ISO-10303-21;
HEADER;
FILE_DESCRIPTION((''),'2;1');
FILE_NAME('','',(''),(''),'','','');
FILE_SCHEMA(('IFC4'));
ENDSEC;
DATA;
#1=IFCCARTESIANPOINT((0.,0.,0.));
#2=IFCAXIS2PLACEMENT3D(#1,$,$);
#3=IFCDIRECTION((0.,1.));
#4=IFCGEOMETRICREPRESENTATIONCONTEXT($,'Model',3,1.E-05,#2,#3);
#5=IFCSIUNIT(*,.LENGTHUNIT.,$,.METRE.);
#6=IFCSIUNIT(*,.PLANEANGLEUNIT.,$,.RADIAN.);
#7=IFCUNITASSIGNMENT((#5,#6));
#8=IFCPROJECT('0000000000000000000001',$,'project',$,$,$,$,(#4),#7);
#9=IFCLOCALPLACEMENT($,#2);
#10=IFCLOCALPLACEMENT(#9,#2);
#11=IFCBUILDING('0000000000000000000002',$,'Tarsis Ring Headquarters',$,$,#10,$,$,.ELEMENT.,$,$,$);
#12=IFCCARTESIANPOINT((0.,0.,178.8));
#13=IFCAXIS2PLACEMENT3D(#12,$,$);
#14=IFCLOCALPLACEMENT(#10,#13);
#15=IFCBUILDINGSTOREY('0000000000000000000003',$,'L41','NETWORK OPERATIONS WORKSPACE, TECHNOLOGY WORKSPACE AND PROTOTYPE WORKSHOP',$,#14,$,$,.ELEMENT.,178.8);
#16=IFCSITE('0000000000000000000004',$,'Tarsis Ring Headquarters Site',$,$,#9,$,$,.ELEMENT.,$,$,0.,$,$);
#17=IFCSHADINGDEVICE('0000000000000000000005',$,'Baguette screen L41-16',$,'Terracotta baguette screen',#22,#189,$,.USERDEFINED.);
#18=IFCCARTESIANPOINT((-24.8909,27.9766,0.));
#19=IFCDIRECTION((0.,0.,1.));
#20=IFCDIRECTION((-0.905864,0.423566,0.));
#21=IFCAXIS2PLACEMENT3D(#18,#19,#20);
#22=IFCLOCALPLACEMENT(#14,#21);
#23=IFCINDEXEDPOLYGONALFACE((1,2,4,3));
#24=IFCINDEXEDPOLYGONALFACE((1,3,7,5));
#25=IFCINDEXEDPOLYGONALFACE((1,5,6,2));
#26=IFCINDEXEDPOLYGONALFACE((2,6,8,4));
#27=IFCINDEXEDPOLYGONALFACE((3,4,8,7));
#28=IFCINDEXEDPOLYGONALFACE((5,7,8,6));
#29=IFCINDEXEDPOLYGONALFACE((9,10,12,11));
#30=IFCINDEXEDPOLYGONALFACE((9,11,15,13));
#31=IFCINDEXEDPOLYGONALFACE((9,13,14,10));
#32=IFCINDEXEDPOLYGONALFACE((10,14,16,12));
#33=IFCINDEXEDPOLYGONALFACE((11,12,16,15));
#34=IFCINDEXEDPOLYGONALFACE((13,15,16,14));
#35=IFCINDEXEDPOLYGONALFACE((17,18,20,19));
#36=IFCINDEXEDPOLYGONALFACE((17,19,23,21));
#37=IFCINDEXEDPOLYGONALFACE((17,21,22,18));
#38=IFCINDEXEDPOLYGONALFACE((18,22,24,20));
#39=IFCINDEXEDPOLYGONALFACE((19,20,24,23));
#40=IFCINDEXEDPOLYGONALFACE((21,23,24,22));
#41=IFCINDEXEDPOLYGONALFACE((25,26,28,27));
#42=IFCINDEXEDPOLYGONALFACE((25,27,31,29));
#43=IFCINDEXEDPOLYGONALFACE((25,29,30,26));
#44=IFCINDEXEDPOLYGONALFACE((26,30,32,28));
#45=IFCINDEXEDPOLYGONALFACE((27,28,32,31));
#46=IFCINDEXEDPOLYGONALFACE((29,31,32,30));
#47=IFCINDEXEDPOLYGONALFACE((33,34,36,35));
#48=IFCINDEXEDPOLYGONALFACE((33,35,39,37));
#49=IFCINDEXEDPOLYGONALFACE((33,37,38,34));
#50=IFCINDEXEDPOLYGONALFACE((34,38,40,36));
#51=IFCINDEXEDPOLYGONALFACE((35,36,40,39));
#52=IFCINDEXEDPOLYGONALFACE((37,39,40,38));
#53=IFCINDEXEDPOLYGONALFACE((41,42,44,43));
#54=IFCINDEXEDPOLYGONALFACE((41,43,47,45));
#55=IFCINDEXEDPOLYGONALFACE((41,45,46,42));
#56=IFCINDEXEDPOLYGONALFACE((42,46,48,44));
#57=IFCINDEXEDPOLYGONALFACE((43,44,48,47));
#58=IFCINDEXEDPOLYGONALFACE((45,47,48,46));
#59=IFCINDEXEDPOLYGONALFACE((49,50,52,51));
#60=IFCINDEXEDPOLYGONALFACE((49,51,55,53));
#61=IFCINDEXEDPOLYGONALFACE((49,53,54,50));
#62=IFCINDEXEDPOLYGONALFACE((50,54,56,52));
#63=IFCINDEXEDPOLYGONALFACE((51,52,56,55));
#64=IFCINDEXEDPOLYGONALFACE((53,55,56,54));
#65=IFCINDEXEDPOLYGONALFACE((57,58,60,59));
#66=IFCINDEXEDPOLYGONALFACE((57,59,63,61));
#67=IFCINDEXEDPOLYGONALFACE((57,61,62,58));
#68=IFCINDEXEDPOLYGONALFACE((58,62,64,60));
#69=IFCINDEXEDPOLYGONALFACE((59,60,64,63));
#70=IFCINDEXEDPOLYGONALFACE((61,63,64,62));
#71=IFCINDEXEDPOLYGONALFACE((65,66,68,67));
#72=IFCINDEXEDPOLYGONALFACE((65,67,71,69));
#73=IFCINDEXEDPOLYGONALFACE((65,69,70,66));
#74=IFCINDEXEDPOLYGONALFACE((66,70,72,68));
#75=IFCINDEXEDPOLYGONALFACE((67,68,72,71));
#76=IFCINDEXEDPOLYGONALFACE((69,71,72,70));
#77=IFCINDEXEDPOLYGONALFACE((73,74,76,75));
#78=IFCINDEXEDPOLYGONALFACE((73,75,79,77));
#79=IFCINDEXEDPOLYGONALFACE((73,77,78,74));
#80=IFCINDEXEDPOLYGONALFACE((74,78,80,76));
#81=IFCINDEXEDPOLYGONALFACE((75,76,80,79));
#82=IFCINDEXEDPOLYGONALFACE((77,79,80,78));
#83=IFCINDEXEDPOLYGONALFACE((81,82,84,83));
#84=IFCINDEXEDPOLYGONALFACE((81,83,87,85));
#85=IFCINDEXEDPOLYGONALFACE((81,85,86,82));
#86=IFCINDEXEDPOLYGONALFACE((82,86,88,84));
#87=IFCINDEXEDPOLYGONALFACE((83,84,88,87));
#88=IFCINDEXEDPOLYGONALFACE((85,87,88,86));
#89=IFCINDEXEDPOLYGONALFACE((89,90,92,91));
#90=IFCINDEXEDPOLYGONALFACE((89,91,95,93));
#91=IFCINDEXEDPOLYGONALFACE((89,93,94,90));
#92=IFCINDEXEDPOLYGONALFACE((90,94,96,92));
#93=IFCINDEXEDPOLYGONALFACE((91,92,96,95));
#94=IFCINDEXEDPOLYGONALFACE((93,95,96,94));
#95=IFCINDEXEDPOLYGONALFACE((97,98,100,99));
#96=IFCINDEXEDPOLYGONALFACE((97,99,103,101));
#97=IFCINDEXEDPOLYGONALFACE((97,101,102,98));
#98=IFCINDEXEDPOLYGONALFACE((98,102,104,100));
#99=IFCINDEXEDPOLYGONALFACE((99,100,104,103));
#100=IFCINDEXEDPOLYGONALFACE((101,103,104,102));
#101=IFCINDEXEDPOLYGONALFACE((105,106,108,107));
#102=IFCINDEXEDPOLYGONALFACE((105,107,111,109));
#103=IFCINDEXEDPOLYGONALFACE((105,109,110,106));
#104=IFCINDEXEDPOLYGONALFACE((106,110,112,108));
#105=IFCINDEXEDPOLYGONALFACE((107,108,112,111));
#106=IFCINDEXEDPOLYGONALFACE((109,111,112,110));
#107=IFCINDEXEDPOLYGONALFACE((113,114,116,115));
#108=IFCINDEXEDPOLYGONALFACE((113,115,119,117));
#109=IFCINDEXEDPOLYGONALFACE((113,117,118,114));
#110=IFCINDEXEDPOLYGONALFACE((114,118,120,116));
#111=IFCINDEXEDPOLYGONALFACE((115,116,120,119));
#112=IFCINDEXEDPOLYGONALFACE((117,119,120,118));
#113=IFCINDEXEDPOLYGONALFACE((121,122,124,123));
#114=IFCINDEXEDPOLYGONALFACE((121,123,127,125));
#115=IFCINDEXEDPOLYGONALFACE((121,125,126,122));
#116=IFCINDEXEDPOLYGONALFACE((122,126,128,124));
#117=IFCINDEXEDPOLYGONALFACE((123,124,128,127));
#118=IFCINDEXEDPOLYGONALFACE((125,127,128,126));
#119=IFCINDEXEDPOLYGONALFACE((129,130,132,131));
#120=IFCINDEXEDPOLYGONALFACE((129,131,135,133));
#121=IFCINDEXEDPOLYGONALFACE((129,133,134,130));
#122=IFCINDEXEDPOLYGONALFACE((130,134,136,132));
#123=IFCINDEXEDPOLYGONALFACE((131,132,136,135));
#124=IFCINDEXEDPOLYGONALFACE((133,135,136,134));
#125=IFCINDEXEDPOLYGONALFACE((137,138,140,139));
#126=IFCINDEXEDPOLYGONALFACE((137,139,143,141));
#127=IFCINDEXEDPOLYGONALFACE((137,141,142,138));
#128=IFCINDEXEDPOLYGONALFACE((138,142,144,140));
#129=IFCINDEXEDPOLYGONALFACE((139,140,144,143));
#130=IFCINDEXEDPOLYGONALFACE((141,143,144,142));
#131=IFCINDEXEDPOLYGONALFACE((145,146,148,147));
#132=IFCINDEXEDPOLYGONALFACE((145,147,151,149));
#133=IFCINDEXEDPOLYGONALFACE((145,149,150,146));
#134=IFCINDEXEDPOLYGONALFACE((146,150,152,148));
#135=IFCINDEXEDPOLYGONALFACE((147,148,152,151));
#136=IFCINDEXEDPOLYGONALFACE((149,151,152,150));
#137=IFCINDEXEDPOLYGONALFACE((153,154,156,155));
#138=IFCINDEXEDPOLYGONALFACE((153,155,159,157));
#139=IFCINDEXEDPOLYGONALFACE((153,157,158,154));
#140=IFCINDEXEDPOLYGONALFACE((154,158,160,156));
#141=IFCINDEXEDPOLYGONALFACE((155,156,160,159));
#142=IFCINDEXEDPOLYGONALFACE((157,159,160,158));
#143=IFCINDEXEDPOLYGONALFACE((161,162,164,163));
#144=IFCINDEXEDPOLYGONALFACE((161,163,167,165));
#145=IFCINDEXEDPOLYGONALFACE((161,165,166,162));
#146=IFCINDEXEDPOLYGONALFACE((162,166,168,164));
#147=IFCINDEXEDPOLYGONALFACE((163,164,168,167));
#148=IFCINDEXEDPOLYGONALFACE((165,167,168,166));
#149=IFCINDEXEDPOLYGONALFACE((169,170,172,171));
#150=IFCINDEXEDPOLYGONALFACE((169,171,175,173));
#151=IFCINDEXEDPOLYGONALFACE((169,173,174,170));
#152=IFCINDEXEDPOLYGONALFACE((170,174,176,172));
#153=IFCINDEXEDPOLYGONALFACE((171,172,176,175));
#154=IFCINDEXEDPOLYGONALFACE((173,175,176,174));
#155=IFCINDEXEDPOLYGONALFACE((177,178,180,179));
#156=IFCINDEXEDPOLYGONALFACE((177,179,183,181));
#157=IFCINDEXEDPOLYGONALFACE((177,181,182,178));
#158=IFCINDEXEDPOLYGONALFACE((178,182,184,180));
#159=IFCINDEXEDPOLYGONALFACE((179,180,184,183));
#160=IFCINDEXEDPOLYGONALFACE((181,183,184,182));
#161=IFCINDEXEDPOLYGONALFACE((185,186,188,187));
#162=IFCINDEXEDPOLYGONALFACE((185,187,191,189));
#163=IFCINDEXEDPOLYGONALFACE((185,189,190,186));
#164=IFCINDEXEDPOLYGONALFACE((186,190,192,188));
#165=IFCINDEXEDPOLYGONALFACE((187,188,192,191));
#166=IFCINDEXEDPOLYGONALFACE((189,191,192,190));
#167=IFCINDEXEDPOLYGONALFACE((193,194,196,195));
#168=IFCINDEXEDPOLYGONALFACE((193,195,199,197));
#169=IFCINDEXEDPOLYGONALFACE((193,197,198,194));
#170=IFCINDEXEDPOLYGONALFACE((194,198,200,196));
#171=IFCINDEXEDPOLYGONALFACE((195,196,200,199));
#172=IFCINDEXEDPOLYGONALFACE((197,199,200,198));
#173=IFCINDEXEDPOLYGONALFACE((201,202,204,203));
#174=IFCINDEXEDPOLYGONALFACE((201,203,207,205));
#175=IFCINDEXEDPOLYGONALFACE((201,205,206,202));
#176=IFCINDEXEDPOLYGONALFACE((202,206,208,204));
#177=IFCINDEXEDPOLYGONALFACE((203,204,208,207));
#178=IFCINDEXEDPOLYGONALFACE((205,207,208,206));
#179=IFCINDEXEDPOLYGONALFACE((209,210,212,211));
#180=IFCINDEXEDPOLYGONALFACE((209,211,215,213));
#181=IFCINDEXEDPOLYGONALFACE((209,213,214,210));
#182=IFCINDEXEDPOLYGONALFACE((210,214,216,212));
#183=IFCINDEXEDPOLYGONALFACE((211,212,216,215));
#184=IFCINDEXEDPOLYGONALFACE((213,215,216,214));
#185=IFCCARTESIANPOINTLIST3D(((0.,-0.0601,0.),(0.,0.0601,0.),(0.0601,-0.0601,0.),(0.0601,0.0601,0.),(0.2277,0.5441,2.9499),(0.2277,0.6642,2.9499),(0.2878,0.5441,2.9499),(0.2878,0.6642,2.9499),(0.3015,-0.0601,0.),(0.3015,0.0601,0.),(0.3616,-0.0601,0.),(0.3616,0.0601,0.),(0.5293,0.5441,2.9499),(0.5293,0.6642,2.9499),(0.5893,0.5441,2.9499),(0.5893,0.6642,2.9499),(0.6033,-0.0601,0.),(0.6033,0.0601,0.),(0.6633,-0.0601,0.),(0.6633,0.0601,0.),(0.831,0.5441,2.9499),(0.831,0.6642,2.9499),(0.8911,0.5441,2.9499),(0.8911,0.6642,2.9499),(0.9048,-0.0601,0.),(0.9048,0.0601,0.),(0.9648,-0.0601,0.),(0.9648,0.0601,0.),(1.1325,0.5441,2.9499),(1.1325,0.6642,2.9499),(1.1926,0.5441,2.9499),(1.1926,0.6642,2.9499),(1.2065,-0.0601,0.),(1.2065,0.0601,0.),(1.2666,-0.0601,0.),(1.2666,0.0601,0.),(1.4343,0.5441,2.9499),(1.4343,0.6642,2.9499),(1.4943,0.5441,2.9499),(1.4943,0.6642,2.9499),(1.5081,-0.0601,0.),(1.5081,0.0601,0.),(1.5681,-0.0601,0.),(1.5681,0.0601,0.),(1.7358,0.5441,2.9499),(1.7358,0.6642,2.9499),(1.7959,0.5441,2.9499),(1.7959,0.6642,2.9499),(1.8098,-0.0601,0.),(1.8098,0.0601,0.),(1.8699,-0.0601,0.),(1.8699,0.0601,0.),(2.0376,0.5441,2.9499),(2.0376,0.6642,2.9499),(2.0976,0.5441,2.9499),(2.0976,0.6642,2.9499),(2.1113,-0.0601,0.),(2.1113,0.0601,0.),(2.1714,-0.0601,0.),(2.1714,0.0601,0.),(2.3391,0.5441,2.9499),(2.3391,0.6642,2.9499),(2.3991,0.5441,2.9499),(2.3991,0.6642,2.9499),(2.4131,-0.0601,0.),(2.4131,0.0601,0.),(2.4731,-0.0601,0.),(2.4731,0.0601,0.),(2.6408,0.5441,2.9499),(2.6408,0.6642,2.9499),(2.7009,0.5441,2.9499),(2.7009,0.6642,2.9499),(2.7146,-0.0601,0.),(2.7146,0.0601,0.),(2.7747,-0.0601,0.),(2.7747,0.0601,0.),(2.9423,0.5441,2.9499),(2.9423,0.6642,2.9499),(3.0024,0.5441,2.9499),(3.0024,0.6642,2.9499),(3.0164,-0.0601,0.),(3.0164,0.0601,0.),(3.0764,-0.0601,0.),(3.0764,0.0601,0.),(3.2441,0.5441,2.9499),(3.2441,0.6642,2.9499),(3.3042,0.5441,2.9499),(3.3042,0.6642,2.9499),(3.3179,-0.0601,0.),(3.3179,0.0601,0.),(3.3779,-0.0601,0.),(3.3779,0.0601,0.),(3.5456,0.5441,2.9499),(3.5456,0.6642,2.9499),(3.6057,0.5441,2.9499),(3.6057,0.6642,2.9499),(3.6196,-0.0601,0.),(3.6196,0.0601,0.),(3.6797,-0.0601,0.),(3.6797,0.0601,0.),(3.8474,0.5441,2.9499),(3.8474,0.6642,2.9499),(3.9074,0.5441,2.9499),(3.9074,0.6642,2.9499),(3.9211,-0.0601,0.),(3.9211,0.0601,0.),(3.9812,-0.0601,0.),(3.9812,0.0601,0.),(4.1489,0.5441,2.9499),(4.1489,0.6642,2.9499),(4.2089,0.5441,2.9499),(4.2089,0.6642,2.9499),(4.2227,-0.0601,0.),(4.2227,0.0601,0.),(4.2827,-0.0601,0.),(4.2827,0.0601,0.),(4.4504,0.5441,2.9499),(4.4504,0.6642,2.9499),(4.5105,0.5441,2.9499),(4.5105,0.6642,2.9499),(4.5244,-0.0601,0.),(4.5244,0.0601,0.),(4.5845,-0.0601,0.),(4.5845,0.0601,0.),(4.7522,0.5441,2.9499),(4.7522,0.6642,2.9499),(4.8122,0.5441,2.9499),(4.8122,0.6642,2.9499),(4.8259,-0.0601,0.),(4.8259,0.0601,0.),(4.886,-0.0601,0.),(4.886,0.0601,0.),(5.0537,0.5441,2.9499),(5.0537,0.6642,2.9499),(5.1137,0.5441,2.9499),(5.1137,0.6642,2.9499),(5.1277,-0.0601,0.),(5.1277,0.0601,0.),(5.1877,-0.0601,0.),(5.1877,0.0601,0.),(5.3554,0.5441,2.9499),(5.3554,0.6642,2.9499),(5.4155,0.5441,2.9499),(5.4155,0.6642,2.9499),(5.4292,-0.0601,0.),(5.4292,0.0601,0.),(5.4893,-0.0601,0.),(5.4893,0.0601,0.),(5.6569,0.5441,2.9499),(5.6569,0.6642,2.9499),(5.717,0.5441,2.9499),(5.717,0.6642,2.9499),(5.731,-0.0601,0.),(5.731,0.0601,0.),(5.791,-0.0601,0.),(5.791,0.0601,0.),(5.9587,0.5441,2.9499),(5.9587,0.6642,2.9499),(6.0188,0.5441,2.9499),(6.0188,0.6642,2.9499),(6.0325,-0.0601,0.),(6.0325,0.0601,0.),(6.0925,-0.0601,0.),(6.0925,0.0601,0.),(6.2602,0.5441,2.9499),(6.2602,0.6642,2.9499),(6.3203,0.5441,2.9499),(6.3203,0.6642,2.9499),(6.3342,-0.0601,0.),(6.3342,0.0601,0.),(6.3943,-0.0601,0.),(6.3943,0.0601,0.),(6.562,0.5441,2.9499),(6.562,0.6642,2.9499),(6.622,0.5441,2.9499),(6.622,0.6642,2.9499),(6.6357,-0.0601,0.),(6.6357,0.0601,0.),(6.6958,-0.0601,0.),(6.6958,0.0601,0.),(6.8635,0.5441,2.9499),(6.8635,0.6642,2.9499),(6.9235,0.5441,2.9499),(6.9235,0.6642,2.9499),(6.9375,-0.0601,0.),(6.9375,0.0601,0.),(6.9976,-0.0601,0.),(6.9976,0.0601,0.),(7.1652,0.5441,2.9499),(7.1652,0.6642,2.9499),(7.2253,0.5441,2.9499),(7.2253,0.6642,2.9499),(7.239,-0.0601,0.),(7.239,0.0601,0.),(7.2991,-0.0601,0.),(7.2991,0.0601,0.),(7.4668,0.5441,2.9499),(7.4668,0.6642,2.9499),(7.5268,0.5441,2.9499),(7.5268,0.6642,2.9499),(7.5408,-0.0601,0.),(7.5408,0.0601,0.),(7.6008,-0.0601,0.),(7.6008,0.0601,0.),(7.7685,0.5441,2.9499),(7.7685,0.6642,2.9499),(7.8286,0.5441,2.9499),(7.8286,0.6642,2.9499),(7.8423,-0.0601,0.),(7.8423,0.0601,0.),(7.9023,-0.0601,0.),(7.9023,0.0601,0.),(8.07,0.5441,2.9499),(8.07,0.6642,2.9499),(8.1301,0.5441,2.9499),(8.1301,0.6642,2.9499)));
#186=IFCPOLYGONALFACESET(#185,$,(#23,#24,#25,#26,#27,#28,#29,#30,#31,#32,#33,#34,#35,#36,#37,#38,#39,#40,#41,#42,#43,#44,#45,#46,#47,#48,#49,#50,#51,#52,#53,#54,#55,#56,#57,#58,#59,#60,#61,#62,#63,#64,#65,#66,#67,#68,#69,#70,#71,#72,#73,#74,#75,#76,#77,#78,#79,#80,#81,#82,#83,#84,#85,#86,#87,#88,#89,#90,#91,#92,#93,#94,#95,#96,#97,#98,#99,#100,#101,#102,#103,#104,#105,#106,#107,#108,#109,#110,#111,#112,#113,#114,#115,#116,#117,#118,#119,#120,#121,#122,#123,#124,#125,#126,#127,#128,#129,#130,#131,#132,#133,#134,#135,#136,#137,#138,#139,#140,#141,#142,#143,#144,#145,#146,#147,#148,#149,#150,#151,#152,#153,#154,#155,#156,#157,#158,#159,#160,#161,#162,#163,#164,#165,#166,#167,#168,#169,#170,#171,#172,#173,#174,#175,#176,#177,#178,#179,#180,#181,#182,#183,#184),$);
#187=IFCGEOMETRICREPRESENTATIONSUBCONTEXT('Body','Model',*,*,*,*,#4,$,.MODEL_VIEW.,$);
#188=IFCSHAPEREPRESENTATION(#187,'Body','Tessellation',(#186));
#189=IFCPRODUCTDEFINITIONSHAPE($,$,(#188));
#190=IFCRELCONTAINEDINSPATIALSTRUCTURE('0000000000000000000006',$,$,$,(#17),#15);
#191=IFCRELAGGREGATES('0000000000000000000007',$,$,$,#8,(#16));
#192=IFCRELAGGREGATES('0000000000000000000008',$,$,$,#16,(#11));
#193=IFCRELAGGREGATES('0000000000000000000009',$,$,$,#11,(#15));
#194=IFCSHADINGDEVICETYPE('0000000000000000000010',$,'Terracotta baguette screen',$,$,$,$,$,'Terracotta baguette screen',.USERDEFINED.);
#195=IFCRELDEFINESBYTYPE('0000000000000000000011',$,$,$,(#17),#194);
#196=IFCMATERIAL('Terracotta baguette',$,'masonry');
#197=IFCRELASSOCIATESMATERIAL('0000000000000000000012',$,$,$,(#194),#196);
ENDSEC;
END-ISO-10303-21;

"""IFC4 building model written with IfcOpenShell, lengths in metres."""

from ifc_helpers import new_model, si_unit, direction, frame, frame_2d, origin, place, context, subcontext, project, spatial, rectangle, composite_profile, extrude, material, type_object, element, save


model = new_model("IFC4")

# Units and contexts
model_context = context("Model", 3, precision=1e-05, world=origin(), true_north=direction((0.0, 1.0)))
body_context = subcontext(model_context, "Body", "Model", "MODEL_VIEW")
ifc_project = project(units=[si_unit("LENGTHUNIT", "METRE"), si_unit("PLANEANGLEUNIT", "RADIAN")], contexts=[model_context])

# Site, building, storey
site_placement = place(None, origin())
site = spatial("IfcSite", under=ifc_project, at=site_placement, Name="Tarsis Ring Headquarters Site", CompositionType="ELEMENT", RefElevation=0.0)
building_placement = place(site_placement, origin())
building = spatial("IfcBuilding", under=site, at=building_placement, Name="Tarsis Ring Headquarters", CompositionType="ELEMENT")
storey_placement = place(building_placement, frame((0.0, 0.0, 178.8)))
storey = spatial("IfcBuildingStorey", under=building, at=storey_placement, Name="L41", Description="NETWORK OPERATIONS WORKSPACE, TECHNOLOGY WORKSPACE AND PROTOTYPE WORKSHOP", CompositionType="ELEMENT", Elevation=178.8)

# Shading device
ifc_material_1 = material(Name="Terracotta baguette", Category="masonry")
shading_device_type_1 = type_object("IfcShadingDeviceType", Name="Terracotta baguette screen", ElementType="Terracotta baguette screen", PredefinedType="USERDEFINED", material=ifc_material_1)
shading_device_1_placement = place(storey_placement, frame((-24.8909, 27.9766, 0.0), z_axis=(0.0, 0.0, 1.0), x_axis=(-0.905864, 0.423566, 0.0)))
element("IfcShadingDevice", 1, at=shading_device_1_placement, inside=storey, type_object=shading_device_type_1, Name="Baguette screen L41-16", ObjectType="Terracotta baguette screen", PredefinedType="USERDEFINED", context=body_context, shape_type="SweptSolid", body=[
    extrude(composite_profile([rectangle(XDim=0.0601, YDim=0.1201, at=frame_2d((0.03, 0.0))), rectangle(XDim=0.0601, YDim=0.1201, at=frame_2d((0.3315, 0.0))), rectangle(XDim=0.0601, YDim=0.1201, at=frame_2d((0.6333, 0.0))), rectangle(XDim=0.0601, YDim=0.1201, at=frame_2d((0.9348, 0.0))), rectangle(XDim=0.0601, YDim=0.1201, at=frame_2d((1.2366, 0.0))), rectangle(XDim=0.0601, YDim=0.1201, at=frame_2d((1.5381, 0.0))), rectangle(XDim=0.0601, YDim=0.1201, at=frame_2d((1.8398, 0.0))), rectangle(XDim=0.0601, YDim=0.1201, at=frame_2d((2.1414, 0.0))), rectangle(XDim=0.0601, YDim=0.1201, at=frame_2d((2.4431, 0.0))), rectangle(XDim=0.0601, YDim=0.1201, at=frame_2d((2.7446, 0.0))), rectangle(XDim=0.0601, YDim=0.1201, at=frame_2d((3.0464, 0.0))), rectangle(XDim=0.0601, YDim=0.1201, at=frame_2d((3.3479, 0.0))), rectangle(XDim=0.0601, YDim=0.1201, at=frame_2d((3.6497, 0.0))), rectangle(XDim=0.0601, YDim=0.1201, at=frame_2d((3.9512, 0.0))), rectangle(XDim=0.0601, YDim=0.1201, at=frame_2d((4.2527, 0.0))), rectangle(XDim=0.0601, YDim=0.1201, at=frame_2d((4.5544, 0.0))), rectangle(XDim=0.0601, YDim=0.1201, at=frame_2d((4.856, 0.0))), rectangle(XDim=0.0601, YDim=0.1201, at=frame_2d((5.1577, 0.0))), rectangle(XDim=0.0601, YDim=0.1201, at=frame_2d((5.4592, 0.0))), rectangle(XDim=0.0601, YDim=0.1201, at=frame_2d((5.761, 0.0))), rectangle(XDim=0.0601, YDim=0.1201, at=frame_2d((6.0625, 0.0))), rectangle(XDim=0.0601, YDim=0.1201, at=frame_2d((6.3643, 0.0))), rectangle(XDim=0.0601, YDim=0.1201, at=frame_2d((6.6658, 0.0))), rectangle(XDim=0.0601, YDim=0.1201, at=frame_2d((6.9675, 0.0))), rectangle(XDim=0.0601, YDim=0.1201, at=frame_2d((7.269, 0.0))), rectangle(XDim=0.0601, YDim=0.1201, at=frame_2d((7.5708, 0.0))), rectangle(XDim=0.0601, YDim=0.1201, at=frame_2d((7.8723, 0.0)))]), origin(), (0.075415, 0.200075, 0.976874), 3.0198),
])

save(model, "model.ifc")
